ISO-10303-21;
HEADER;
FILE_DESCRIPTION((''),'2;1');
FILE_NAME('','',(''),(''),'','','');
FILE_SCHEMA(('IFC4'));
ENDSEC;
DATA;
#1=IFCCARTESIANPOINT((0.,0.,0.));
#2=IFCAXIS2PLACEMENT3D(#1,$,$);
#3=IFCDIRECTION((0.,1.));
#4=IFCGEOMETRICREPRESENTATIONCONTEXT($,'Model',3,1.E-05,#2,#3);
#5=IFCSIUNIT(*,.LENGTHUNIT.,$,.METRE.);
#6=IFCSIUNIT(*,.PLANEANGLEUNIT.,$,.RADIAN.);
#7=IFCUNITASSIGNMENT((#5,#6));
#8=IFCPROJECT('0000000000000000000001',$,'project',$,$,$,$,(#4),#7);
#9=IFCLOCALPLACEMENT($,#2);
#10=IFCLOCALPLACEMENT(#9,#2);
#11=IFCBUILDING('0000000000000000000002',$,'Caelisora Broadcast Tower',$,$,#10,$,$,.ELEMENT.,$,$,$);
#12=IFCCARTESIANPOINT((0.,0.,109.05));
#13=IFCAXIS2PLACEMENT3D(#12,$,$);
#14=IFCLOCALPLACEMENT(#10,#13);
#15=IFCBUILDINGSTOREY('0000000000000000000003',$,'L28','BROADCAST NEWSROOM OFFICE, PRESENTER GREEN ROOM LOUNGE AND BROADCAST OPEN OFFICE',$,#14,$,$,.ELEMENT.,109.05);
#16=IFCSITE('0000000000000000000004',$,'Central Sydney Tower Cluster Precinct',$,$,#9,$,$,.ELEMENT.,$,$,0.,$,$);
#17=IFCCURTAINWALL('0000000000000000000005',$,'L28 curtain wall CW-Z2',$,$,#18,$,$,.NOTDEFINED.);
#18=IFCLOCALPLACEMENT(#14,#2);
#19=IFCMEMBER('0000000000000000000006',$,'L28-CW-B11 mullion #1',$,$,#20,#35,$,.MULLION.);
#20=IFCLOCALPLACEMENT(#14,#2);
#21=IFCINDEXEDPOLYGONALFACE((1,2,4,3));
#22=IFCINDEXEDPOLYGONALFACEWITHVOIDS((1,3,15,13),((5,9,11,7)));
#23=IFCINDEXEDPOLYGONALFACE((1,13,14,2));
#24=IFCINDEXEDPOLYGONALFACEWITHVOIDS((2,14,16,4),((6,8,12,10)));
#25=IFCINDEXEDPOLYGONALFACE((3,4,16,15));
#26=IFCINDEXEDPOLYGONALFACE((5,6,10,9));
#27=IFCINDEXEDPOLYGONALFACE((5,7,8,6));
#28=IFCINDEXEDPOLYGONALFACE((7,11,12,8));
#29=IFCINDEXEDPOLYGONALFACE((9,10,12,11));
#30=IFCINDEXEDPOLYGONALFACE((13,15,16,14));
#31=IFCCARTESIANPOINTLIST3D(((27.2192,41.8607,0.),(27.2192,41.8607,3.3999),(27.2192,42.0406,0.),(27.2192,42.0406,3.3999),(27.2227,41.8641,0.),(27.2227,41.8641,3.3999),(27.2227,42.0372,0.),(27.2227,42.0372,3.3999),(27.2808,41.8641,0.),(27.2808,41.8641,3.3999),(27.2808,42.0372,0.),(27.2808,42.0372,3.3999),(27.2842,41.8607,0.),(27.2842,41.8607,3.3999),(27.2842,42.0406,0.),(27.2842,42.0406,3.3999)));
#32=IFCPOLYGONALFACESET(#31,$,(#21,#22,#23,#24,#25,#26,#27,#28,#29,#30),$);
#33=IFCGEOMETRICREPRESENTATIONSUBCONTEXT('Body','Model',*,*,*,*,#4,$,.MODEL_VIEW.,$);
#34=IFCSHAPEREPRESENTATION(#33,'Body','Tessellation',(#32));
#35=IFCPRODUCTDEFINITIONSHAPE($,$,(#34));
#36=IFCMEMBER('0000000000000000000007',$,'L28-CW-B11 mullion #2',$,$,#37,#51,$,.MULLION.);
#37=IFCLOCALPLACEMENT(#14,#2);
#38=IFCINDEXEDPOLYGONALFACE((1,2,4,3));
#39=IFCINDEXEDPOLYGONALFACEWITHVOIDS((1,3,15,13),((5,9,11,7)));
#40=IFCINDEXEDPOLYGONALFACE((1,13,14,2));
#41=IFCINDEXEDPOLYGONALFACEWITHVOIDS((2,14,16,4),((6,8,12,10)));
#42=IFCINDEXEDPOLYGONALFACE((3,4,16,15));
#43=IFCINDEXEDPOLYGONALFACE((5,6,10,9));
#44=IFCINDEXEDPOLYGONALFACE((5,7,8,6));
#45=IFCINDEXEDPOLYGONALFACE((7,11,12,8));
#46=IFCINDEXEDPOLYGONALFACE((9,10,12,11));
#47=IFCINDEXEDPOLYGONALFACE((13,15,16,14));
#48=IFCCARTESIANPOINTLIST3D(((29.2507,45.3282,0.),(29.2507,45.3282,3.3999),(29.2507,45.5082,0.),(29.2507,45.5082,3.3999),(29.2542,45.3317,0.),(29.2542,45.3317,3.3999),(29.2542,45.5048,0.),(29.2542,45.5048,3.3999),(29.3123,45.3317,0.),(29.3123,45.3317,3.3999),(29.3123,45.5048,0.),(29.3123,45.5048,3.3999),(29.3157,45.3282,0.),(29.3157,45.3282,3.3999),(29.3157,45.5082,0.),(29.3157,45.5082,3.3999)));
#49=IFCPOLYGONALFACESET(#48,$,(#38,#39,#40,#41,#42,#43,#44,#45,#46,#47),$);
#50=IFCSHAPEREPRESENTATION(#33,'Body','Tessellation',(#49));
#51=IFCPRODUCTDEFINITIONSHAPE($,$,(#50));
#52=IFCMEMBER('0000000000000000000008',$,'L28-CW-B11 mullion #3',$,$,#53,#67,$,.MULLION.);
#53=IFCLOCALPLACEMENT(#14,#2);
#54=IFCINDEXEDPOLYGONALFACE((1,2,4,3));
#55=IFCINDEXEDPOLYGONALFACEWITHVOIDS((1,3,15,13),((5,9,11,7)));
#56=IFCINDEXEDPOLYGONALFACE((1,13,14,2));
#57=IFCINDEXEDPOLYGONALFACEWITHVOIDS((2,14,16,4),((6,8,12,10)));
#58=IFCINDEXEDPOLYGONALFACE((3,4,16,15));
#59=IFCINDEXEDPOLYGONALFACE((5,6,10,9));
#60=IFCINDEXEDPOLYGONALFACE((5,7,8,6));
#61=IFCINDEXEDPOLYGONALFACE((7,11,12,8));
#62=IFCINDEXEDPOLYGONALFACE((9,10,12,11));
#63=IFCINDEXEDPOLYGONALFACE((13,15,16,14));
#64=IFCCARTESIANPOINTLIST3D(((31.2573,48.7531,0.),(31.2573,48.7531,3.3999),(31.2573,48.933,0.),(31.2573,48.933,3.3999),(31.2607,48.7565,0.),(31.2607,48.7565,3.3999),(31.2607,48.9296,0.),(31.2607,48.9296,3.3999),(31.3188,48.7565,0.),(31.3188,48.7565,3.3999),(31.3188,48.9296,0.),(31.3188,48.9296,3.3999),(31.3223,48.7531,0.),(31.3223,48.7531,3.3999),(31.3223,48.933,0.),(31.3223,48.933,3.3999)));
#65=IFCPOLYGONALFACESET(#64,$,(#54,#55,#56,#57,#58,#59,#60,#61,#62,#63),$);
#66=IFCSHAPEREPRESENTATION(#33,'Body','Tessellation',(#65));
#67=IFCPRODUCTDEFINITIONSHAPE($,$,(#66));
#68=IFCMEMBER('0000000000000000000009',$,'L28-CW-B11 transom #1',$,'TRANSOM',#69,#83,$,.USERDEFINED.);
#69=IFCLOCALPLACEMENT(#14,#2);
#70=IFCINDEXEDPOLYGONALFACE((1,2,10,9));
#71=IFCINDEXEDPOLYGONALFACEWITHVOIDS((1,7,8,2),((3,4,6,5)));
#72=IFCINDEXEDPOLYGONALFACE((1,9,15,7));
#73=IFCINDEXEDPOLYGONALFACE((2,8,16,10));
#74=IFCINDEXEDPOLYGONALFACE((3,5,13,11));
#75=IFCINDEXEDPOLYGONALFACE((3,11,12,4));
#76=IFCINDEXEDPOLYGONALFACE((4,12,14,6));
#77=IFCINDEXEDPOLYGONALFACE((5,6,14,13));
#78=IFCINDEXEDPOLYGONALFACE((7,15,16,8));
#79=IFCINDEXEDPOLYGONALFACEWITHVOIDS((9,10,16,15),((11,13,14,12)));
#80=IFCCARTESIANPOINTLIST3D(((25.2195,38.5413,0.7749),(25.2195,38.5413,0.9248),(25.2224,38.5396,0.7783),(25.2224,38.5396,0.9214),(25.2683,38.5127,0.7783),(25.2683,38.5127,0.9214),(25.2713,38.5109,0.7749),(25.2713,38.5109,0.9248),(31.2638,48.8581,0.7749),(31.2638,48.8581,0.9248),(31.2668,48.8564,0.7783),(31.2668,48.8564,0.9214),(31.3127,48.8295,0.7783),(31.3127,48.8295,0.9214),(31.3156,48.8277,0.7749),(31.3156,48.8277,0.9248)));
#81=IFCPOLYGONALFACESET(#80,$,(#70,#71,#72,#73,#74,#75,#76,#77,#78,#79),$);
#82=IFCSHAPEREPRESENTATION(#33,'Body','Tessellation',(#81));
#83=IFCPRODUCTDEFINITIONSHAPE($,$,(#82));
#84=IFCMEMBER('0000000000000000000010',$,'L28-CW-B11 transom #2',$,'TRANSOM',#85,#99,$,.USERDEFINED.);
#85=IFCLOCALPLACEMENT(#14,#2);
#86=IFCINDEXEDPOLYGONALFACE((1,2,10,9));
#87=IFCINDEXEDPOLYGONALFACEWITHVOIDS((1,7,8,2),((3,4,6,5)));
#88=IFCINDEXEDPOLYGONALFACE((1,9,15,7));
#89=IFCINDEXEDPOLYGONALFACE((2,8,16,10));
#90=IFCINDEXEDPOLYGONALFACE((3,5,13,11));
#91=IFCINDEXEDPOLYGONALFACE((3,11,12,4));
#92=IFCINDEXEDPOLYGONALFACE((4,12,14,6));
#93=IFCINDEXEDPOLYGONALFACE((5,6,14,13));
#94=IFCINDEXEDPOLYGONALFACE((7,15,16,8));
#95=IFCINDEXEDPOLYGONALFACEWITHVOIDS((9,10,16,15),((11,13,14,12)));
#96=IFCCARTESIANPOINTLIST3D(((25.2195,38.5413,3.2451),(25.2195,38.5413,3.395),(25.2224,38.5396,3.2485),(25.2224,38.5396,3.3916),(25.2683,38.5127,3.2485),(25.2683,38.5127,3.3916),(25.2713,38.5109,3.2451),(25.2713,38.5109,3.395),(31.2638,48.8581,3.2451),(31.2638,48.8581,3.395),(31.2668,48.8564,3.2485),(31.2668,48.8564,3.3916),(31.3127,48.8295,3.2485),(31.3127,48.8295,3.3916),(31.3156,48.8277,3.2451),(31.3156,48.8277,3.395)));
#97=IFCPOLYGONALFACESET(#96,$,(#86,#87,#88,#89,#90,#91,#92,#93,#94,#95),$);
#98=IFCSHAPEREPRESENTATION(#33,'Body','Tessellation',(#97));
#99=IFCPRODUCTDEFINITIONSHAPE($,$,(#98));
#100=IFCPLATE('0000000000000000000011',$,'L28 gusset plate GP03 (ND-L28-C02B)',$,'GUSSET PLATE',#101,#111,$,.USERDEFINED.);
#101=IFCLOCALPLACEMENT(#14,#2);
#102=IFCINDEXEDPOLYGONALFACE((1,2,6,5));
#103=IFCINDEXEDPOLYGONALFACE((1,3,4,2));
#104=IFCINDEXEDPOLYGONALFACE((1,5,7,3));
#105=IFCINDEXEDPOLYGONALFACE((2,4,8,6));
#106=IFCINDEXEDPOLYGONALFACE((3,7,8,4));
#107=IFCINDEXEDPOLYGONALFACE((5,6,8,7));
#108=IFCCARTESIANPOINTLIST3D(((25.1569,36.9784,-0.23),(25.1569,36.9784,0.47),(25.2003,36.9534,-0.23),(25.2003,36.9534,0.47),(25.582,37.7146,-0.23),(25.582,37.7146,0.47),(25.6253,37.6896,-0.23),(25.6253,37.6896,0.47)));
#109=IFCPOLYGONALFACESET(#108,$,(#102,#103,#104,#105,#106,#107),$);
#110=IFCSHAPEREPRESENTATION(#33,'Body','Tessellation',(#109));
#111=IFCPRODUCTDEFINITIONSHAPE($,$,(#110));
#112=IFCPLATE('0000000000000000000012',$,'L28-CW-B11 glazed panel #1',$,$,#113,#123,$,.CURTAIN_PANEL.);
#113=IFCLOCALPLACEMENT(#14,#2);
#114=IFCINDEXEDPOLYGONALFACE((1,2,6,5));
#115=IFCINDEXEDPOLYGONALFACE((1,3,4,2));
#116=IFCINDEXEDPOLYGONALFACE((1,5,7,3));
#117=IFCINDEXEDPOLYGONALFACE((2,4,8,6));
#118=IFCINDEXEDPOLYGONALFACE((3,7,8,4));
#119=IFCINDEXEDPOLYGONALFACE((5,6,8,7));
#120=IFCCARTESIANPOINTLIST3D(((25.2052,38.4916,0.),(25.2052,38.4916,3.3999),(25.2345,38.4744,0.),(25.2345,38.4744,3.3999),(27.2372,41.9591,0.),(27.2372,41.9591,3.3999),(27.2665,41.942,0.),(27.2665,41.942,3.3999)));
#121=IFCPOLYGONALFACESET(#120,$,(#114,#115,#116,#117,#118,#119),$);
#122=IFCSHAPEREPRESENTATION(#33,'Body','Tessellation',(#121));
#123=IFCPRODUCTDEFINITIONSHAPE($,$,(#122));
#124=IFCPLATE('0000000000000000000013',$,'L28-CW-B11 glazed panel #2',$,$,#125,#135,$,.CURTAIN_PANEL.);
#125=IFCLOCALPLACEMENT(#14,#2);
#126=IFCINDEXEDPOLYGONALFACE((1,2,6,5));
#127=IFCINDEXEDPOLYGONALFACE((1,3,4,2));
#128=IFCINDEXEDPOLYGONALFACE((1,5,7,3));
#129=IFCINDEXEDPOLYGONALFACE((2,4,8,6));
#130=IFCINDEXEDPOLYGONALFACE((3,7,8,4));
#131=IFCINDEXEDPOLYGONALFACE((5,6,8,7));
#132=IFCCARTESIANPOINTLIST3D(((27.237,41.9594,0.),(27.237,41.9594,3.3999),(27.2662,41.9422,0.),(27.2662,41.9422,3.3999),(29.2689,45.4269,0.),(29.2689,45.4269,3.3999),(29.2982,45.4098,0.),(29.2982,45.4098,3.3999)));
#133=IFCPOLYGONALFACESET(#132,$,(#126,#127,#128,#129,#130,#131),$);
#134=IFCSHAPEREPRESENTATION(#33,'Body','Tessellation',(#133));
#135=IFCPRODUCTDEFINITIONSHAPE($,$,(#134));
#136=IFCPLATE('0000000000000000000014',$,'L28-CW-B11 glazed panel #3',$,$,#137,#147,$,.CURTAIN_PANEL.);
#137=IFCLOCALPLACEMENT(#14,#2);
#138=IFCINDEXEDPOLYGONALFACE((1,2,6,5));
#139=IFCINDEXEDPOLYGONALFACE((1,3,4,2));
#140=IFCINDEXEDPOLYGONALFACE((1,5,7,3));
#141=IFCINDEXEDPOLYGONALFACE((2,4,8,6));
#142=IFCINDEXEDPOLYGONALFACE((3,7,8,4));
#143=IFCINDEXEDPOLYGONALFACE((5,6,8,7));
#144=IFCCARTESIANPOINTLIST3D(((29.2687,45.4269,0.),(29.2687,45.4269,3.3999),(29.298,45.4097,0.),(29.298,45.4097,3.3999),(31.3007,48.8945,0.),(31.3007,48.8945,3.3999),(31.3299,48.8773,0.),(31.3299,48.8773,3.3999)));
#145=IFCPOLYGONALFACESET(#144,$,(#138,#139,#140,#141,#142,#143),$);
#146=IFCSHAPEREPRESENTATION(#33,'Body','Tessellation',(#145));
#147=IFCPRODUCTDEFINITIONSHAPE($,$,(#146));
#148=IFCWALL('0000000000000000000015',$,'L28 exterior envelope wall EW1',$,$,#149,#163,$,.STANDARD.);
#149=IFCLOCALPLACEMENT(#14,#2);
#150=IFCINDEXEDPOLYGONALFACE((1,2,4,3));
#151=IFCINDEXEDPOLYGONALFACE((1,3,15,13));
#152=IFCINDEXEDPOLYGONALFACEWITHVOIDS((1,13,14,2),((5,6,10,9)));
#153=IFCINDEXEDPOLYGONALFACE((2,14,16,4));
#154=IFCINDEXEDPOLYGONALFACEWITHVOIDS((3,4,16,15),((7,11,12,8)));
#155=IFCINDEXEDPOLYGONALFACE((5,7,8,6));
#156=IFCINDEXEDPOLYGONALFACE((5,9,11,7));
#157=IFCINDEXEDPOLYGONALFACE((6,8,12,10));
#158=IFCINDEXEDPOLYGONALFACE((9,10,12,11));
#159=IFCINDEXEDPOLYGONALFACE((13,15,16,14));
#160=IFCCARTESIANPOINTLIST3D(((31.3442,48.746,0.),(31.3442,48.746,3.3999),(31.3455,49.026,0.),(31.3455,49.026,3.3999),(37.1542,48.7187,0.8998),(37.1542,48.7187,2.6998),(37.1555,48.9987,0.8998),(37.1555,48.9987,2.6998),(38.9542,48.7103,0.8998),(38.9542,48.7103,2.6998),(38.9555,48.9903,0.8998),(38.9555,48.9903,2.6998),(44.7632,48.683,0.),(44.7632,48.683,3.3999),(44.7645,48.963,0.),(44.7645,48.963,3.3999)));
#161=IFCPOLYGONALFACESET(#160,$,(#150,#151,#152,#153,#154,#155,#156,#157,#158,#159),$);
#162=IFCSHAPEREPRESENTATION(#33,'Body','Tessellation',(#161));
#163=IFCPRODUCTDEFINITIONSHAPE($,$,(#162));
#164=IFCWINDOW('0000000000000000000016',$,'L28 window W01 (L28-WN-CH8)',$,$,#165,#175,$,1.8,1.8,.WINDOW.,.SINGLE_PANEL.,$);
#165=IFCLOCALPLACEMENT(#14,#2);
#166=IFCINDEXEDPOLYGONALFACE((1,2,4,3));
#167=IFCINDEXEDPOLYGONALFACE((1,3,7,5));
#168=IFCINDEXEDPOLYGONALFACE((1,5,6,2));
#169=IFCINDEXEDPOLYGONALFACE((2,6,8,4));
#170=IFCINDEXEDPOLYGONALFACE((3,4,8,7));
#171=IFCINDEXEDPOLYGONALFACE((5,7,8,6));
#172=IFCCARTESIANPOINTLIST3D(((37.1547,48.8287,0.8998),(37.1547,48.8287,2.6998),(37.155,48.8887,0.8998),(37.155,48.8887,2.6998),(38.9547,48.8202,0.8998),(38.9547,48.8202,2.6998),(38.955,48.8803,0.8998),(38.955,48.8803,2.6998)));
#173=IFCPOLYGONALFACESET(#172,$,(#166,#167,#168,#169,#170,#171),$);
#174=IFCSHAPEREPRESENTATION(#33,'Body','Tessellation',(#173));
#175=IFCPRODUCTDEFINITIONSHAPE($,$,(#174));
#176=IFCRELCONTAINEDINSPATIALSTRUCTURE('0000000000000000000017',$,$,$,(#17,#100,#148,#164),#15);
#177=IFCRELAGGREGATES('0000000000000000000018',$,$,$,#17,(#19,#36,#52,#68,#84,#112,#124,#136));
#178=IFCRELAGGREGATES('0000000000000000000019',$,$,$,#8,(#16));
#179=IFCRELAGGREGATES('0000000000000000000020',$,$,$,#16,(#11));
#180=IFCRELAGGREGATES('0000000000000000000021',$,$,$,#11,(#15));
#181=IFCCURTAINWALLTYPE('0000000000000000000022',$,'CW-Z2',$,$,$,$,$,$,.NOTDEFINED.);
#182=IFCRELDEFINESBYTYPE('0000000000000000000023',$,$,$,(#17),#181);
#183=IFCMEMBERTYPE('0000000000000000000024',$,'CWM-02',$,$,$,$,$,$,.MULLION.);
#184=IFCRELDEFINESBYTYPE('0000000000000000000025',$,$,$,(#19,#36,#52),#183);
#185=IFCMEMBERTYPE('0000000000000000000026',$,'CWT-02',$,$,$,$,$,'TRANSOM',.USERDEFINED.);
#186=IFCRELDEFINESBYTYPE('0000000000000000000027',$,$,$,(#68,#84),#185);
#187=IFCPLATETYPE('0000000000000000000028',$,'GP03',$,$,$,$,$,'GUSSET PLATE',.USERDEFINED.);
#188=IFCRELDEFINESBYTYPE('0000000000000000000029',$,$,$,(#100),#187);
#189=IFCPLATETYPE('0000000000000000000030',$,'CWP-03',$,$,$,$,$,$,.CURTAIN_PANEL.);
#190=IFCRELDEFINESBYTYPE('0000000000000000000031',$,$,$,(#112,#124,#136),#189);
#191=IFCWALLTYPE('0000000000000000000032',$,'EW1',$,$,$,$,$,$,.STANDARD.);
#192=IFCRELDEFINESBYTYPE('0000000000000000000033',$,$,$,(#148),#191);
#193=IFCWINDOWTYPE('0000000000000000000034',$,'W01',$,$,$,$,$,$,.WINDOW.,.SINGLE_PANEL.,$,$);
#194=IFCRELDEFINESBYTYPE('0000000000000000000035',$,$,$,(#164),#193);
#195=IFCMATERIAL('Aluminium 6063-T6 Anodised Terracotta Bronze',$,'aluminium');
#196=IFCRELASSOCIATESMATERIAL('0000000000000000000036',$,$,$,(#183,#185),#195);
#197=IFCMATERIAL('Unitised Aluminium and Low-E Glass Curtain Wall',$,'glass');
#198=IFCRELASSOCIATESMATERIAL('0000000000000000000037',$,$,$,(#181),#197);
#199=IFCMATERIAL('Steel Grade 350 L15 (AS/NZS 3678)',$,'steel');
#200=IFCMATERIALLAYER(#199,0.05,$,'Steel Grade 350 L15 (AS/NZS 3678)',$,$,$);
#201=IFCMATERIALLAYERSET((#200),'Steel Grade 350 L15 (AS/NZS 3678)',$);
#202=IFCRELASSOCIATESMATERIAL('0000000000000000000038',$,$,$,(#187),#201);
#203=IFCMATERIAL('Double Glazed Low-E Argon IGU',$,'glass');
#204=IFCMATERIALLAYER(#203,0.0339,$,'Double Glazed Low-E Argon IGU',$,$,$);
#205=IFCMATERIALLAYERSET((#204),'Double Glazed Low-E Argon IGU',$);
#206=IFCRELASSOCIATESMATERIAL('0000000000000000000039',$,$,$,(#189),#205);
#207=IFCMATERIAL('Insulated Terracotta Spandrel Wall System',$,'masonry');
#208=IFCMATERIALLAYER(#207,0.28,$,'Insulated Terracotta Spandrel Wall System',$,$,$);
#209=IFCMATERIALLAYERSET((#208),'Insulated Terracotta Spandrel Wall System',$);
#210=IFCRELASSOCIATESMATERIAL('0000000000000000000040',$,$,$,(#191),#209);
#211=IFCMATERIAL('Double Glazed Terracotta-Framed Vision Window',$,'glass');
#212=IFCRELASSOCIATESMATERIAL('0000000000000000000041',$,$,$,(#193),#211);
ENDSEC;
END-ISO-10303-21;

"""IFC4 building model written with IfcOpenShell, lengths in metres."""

from ifc_helpers import new_model, si_unit, direction, frame, frame_2d, origin, origin_2d, place, context, subcontext, project, spatial, rectangle, hollow_rectangle, extrude, source, transform, mapped, material, layer, layer_set, material_profile, profile_set, type_object, type_shapes, element, fill, aggregate, save


model = new_model("IFC4")

# Units and contexts
model_context = context("Model", 3, precision=1e-05, world=origin(), true_north=direction((0.0, 1.0)))
body_context = subcontext(model_context, "Body", "Model", "MODEL_VIEW")
ifc_project = project(units=[si_unit("LENGTHUNIT", "METRE"), si_unit("PLANEANGLEUNIT", "RADIAN")], contexts=[model_context])

# Site, building, storey
site_placement = place(None, origin())
site = spatial("IfcSite", under=ifc_project, at=site_placement, Name="Central Sydney Tower Cluster Precinct", CompositionType="ELEMENT", RefElevation=0.0)
building_placement = place(site_placement, origin())
building = spatial("IfcBuilding", under=site, at=building_placement, Name="Caelisora Broadcast Tower", CompositionType="ELEMENT")
storey_placement = place(building_placement, frame((0.0, 0.0, 109.05)))
storey = spatial("IfcBuildingStorey", under=building, at=storey_placement, Name="L28", Description="BROADCAST NEWSROOM OFFICE, PRESENTER GREEN ROOM LOUNGE AND BROADCAST OPEN OFFICE", CompositionType="ELEMENT", Elevation=109.05)

# Shared definitions
ifc_material_1 = material(Name="Steel Grade 350 L15 (AS/NZS 3678)", Category="steel")

# Shared definitions
ifc_material_2 = material(Name="Aluminium 6063-T6 Anodised Terracotta Bronze", Category="aluminium")
ifc_material_profile_1 = material_profile(ifc_material_2, hollow_rectangle(XDim=0.0649, YDim=0.1799, WallThickness=0.0034, at=origin_2d()), Name="Aluminium 6063-T6 Anodised Terracotta Bronze")
ifc_profile_set_1 = profile_set([ifc_material_profile_1], Name="Aluminium 6063-T6 Anodised Terracotta Bronze")
member_type_1 = type_object("IfcMemberType", Name="CWM-02", PredefinedType="MULLION", material=ifc_profile_set_1)
shared_shape_1 = source(origin(), body_context, "Body", "SweptSolid", [
    extrude(hollow_rectangle(XDim=0.0649, YDim=0.1799, WallThickness=0.0034, at=origin_2d()), origin(), (0.0, 0.0, 1.0), 3.3999),
])
type_shapes(member_type_1, [shared_shape_1])

# Curtain wall, members
ifc_material_3 = material(Name="Unitised Aluminium and Low-E Glass Curtain Wall", Category="glass")
curtain_wall_type_1 = type_object("IfcCurtainWallType", Name="CW-Z2", PredefinedType="NOTDEFINED", material=ifc_material_3)
curtain_wall_1_placement = place(storey_placement, origin())
curtain_wall_1 = element("IfcCurtainWall", 1, at=curtain_wall_1_placement, inside=storey, type_object=curtain_wall_type_1, Name="L28 curtain wall CW-Z2", PredefinedType="NOTDEFINED")
member_1_placement = place(storey_placement, frame((27.2517, 41.9507, 0.0), z_axis=(0.0, 0.0, 1.0), x_axis=(1.0, 0.0, 0.0)))
member_1 = element("IfcMember", 2, at=member_1_placement, type_object=member_type_1, Name="L28-CW-B11 mullion #1", PredefinedType="MULLION", context=body_context, shape_type="MappedRepresentation", body=[
    mapped(shared_shape_1, transform((0.0, 0.0, 0.0), scale=1.0)),
])
member_2_placement = place(storey_placement, frame((29.2832, 45.4182, 0.0), z_axis=(0.0, 0.0, 1.0), x_axis=(1.0, 0.0, 0.0)))
member_2 = element("IfcMember", 3, at=member_2_placement, type_object=member_type_1, Name="L28-CW-B11 mullion #2", PredefinedType="MULLION", context=body_context, shape_type="MappedRepresentation", body=[
    mapped(shared_shape_1, transform((0.0, 0.0, 0.0), scale=1.0)),
])
member_3_placement = place(storey_placement, frame((31.2898, 48.843, 0.0), z_axis=(0.0, 0.0, 1.0), x_axis=(1.0, 0.0, 0.0)))
member_3 = element("IfcMember", 4, at=member_3_placement, type_object=member_type_1, Name="L28-CW-B11 mullion #3", PredefinedType="MULLION", context=body_context, shape_type="MappedRepresentation", body=[
    mapped(shared_shape_1, transform((0.0, 0.0, 0.0), scale=1.0)),
])
ifc_material_profile_2 = material_profile(ifc_material_2, hollow_rectangle(XDim=0.0601, YDim=0.1499, WallThickness=0.0034, at=origin_2d()), Name="Aluminium 6063-T6 Anodised Terracotta Bronze")
ifc_profile_set_2 = profile_set([ifc_material_profile_2], Name="Aluminium 6063-T6 Anodised Terracotta Bronze")
member_type_2 = type_object("IfcMemberType", Name="CWT-02", ElementType="TRANSOM", PredefinedType="USERDEFINED", material=ifc_profile_set_2)
shared_shape_2 = source(origin(), body_context, "Body", "SweptSolid", [
    extrude(hollow_rectangle(XDim=0.0601, YDim=0.1499, WallThickness=0.0034, at=origin_2d()), origin(), (0.0, 0.0, 1.0), 11.957),
])
type_shapes(member_type_2, [shared_shape_2])
member_4_placement = place(storey_placement, frame((25.2454, 38.5261, 0.8499), z_axis=(0.505508, 0.862822, 0.0), x_axis=(-0.862822, 0.505508, 0.0)))
member_4 = element("IfcMember", 5, at=member_4_placement, type_object=member_type_2, Name="L28-CW-B11 transom #1", ObjectType="TRANSOM", PredefinedType="USERDEFINED", context=body_context, shape_type="MappedRepresentation", body=[
    mapped(shared_shape_2, transform((0.0, 0.0, 0.0), scale=1.0)),
])
member_5_placement = place(storey_placement, frame((25.2454, 38.5261, 3.3201), z_axis=(0.505508, 0.862822, 0.0), x_axis=(-0.862822, 0.505508, 0.0)))
member_5 = element("IfcMember", 6, at=member_5_placement, type_object=member_type_2, Name="L28-CW-B11 transom #2", ObjectType="TRANSOM", PredefinedType="USERDEFINED", context=body_context, shape_type="MappedRepresentation", body=[
    mapped(shared_shape_2, transform((0.0, 0.0, 0.0), scale=1.0)),
])

# Plates
ifc_layer_1 = layer(ifc_material_1, 0.05, Name="Steel Grade 350 L15 (AS/NZS 3678)")
ifc_layer_set_1 = layer_set([ifc_layer_1], Name="Steel Grade 350 L15 (AS/NZS 3678)")
plate_type_1 = type_object("IfcPlateType", Name="GP03", ElementType="GUSSET PLATE", PredefinedType="USERDEFINED", material=ifc_layer_set_1)
shared_shape_3 = source(origin(), body_context, "Body", "SweptSolid", [
    extrude(rectangle(XDim=0.8501, YDim=0.05, at=origin_2d()), origin(), (0.0, 0.0, 1.0), 0.7),
])
type_shapes(plate_type_1, [shared_shape_3])
plate_1_placement = place(storey_placement, frame((25.3911, 37.334, -0.23), z_axis=(0.0, 0.0, 1.0), x_axis=(-0.5, -0.866025, 0.0)))
element("IfcPlate", 7, at=plate_1_placement, inside=storey, type_object=plate_type_1, Name="L28 gusset plate GP03 (ND-L28-C02B)", ObjectType="GUSSET PLATE", PredefinedType="USERDEFINED", context=body_context, shape_type="MappedRepresentation", body=[
    mapped(shared_shape_3, transform((0.0, 0.0, 0.0), scale=1.0)),
])
ifc_material_4 = material(Name="Double Glazed Low-E Argon IGU", Category="glass")
ifc_layer_2 = layer(ifc_material_4, 0.0339, Name="Double Glazed Low-E Argon IGU")
ifc_layer_set_2 = layer_set([ifc_layer_2], Name="Double Glazed Low-E Argon IGU")
plate_type_2 = type_object("IfcPlateType", Name="CWP-03", PredefinedType="CURTAIN_PANEL", material=ifc_layer_set_2)
shared_shape_4 = source(origin(), body_context, "Body", "SweptSolid", [
    extrude(rectangle(XDim=4.019, YDim=0.0339, at=origin_2d()), origin(), (0.0, 0.0, 1.0), 3.3999),
])
type_shapes(plate_type_2, [shared_shape_4])
plate_2_placement = place(storey_placement, frame((26.2358, 40.2168, 0.0), z_axis=(0.0, 0.0, 1.0), x_axis=(0.505582, 0.862779, 0.0)))
plate_2 = element("IfcPlate", 8, at=plate_2_placement, type_object=plate_type_2, Name="L28-CW-B11 glazed panel #1", PredefinedType="CURTAIN_PANEL", context=body_context, shape_type="MappedRepresentation", body=[
    mapped(shared_shape_4, transform((0.0, 0.0, 0.0), scale=1.0)),
])
plate_3_placement = place(storey_placement, frame((28.2676, 43.6846, 0.0), z_axis=(0.0, 0.0, 1.0), x_axis=(0.505582, 0.862779, 0.0)))
plate_3 = element("IfcPlate", 9, at=plate_3_placement, type_object=plate_type_2, Name="L28-CW-B11 glazed panel #2", PredefinedType="CURTAIN_PANEL", context=body_context, shape_type="MappedRepresentation", body=[
    mapped(shared_shape_4, transform((0.0, 0.0, 0.0), scale=1.0)),
])
plate_4_placement = place(storey_placement, frame((30.2993, 47.1521, 0.0), z_axis=(0.0, 0.0, 1.0), x_axis=(0.505582, 0.862779, 0.0)))
plate_4 = element("IfcPlate", 10, at=plate_4_placement, type_object=plate_type_2, Name="L28-CW-B11 glazed panel #3", PredefinedType="CURTAIN_PANEL", context=body_context, shape_type="MappedRepresentation", body=[
    mapped(shared_shape_4, transform((0.0, 0.0, 0.0), scale=1.0)),
])
aggregate(curtain_wall_1, [member_1, member_2, member_3, member_4, member_5, plate_2, plate_3, plate_4])

# Wall, opening, window
ifc_material_5 = material(Name="Insulated Terracotta Spandrel Wall System", Category="masonry")
ifc_layer_3 = layer(ifc_material_5, 0.28, Name="Insulated Terracotta Spandrel Wall System")
ifc_layer_set_3 = layer_set([ifc_layer_3], Name="Insulated Terracotta Spandrel Wall System")
wall_type_1 = type_object("IfcWallType", Name="EW1", PredefinedType="STANDARD", material=ifc_layer_set_3)
wall_1_placement = place(storey_placement, frame((31.345, 48.886, 0.0), z_axis=(0.0, 0.0, 1.0), x_axis=(0.999989, -0.004694, 0.0)))
wall_1 = element("IfcWall", 11, at=wall_1_placement, inside=storey, type_object=wall_type_1, Name="L28 exterior envelope wall EW1", PredefinedType="STANDARD", context=body_context, shape_type="SweptSolid", body=[
    extrude(rectangle(XDim=13.4192, YDim=0.28, at=frame_2d((6.7095, 0.0))), origin(), (0.0, 0.0, 1.0), 3.3999),
])
opening_1_placement = place(wall_1_placement, frame((5.8101, 0.0, 0.8999)))
opening_1 = element("IfcOpeningElement", 12, at=opening_1_placement, cuts=wall_1, PredefinedType="OPENING", context=body_context, shape_type="SweptSolid", body=[
    extrude(rectangle(XDim=1.8, YDim=1.8, at=frame_2d((0.8999, 0.8999))), frame((0.0, 0.1521, 0.0), z_axis=(0.0, -1.0, 0.0), x_axis=(1.0, 0.0, 0.0)), (0.0, 0.0, 1.0), 0.304),
])
ifc_material_6 = material(Name="Double Glazed Terracotta-Framed Vision Window", Category="glass")
window_type = type_object("IfcWindowType", Name="W01", PartitioningType="SINGLE_PANEL", PredefinedType="WINDOW", material=ifc_material_6)
window_placement = place(opening_1_placement, origin())
window = element("IfcWindow", 13, at=window_placement, inside=storey, type_object=window_type, Name="L28 window W01 (L28-WN-CH8)", OverallHeight=1.8, OverallWidth=1.8, PartitioningType="SINGLE_PANEL", PredefinedType="WINDOW", context=body_context, shape_type="SweptSolid", body=[
    extrude(rectangle(XDim=1.8, YDim=1.8, at=frame_2d((0.8999, 0.8999))), frame((0.0, 0.03, 0.0), z_axis=(0.0, -1.0, 0.0), x_axis=(1.0, 0.0, 0.0)), (0.0, 0.0, 1.0), 0.0601),
])
fill(opening_1, window)

save(model, "model.ifc")
